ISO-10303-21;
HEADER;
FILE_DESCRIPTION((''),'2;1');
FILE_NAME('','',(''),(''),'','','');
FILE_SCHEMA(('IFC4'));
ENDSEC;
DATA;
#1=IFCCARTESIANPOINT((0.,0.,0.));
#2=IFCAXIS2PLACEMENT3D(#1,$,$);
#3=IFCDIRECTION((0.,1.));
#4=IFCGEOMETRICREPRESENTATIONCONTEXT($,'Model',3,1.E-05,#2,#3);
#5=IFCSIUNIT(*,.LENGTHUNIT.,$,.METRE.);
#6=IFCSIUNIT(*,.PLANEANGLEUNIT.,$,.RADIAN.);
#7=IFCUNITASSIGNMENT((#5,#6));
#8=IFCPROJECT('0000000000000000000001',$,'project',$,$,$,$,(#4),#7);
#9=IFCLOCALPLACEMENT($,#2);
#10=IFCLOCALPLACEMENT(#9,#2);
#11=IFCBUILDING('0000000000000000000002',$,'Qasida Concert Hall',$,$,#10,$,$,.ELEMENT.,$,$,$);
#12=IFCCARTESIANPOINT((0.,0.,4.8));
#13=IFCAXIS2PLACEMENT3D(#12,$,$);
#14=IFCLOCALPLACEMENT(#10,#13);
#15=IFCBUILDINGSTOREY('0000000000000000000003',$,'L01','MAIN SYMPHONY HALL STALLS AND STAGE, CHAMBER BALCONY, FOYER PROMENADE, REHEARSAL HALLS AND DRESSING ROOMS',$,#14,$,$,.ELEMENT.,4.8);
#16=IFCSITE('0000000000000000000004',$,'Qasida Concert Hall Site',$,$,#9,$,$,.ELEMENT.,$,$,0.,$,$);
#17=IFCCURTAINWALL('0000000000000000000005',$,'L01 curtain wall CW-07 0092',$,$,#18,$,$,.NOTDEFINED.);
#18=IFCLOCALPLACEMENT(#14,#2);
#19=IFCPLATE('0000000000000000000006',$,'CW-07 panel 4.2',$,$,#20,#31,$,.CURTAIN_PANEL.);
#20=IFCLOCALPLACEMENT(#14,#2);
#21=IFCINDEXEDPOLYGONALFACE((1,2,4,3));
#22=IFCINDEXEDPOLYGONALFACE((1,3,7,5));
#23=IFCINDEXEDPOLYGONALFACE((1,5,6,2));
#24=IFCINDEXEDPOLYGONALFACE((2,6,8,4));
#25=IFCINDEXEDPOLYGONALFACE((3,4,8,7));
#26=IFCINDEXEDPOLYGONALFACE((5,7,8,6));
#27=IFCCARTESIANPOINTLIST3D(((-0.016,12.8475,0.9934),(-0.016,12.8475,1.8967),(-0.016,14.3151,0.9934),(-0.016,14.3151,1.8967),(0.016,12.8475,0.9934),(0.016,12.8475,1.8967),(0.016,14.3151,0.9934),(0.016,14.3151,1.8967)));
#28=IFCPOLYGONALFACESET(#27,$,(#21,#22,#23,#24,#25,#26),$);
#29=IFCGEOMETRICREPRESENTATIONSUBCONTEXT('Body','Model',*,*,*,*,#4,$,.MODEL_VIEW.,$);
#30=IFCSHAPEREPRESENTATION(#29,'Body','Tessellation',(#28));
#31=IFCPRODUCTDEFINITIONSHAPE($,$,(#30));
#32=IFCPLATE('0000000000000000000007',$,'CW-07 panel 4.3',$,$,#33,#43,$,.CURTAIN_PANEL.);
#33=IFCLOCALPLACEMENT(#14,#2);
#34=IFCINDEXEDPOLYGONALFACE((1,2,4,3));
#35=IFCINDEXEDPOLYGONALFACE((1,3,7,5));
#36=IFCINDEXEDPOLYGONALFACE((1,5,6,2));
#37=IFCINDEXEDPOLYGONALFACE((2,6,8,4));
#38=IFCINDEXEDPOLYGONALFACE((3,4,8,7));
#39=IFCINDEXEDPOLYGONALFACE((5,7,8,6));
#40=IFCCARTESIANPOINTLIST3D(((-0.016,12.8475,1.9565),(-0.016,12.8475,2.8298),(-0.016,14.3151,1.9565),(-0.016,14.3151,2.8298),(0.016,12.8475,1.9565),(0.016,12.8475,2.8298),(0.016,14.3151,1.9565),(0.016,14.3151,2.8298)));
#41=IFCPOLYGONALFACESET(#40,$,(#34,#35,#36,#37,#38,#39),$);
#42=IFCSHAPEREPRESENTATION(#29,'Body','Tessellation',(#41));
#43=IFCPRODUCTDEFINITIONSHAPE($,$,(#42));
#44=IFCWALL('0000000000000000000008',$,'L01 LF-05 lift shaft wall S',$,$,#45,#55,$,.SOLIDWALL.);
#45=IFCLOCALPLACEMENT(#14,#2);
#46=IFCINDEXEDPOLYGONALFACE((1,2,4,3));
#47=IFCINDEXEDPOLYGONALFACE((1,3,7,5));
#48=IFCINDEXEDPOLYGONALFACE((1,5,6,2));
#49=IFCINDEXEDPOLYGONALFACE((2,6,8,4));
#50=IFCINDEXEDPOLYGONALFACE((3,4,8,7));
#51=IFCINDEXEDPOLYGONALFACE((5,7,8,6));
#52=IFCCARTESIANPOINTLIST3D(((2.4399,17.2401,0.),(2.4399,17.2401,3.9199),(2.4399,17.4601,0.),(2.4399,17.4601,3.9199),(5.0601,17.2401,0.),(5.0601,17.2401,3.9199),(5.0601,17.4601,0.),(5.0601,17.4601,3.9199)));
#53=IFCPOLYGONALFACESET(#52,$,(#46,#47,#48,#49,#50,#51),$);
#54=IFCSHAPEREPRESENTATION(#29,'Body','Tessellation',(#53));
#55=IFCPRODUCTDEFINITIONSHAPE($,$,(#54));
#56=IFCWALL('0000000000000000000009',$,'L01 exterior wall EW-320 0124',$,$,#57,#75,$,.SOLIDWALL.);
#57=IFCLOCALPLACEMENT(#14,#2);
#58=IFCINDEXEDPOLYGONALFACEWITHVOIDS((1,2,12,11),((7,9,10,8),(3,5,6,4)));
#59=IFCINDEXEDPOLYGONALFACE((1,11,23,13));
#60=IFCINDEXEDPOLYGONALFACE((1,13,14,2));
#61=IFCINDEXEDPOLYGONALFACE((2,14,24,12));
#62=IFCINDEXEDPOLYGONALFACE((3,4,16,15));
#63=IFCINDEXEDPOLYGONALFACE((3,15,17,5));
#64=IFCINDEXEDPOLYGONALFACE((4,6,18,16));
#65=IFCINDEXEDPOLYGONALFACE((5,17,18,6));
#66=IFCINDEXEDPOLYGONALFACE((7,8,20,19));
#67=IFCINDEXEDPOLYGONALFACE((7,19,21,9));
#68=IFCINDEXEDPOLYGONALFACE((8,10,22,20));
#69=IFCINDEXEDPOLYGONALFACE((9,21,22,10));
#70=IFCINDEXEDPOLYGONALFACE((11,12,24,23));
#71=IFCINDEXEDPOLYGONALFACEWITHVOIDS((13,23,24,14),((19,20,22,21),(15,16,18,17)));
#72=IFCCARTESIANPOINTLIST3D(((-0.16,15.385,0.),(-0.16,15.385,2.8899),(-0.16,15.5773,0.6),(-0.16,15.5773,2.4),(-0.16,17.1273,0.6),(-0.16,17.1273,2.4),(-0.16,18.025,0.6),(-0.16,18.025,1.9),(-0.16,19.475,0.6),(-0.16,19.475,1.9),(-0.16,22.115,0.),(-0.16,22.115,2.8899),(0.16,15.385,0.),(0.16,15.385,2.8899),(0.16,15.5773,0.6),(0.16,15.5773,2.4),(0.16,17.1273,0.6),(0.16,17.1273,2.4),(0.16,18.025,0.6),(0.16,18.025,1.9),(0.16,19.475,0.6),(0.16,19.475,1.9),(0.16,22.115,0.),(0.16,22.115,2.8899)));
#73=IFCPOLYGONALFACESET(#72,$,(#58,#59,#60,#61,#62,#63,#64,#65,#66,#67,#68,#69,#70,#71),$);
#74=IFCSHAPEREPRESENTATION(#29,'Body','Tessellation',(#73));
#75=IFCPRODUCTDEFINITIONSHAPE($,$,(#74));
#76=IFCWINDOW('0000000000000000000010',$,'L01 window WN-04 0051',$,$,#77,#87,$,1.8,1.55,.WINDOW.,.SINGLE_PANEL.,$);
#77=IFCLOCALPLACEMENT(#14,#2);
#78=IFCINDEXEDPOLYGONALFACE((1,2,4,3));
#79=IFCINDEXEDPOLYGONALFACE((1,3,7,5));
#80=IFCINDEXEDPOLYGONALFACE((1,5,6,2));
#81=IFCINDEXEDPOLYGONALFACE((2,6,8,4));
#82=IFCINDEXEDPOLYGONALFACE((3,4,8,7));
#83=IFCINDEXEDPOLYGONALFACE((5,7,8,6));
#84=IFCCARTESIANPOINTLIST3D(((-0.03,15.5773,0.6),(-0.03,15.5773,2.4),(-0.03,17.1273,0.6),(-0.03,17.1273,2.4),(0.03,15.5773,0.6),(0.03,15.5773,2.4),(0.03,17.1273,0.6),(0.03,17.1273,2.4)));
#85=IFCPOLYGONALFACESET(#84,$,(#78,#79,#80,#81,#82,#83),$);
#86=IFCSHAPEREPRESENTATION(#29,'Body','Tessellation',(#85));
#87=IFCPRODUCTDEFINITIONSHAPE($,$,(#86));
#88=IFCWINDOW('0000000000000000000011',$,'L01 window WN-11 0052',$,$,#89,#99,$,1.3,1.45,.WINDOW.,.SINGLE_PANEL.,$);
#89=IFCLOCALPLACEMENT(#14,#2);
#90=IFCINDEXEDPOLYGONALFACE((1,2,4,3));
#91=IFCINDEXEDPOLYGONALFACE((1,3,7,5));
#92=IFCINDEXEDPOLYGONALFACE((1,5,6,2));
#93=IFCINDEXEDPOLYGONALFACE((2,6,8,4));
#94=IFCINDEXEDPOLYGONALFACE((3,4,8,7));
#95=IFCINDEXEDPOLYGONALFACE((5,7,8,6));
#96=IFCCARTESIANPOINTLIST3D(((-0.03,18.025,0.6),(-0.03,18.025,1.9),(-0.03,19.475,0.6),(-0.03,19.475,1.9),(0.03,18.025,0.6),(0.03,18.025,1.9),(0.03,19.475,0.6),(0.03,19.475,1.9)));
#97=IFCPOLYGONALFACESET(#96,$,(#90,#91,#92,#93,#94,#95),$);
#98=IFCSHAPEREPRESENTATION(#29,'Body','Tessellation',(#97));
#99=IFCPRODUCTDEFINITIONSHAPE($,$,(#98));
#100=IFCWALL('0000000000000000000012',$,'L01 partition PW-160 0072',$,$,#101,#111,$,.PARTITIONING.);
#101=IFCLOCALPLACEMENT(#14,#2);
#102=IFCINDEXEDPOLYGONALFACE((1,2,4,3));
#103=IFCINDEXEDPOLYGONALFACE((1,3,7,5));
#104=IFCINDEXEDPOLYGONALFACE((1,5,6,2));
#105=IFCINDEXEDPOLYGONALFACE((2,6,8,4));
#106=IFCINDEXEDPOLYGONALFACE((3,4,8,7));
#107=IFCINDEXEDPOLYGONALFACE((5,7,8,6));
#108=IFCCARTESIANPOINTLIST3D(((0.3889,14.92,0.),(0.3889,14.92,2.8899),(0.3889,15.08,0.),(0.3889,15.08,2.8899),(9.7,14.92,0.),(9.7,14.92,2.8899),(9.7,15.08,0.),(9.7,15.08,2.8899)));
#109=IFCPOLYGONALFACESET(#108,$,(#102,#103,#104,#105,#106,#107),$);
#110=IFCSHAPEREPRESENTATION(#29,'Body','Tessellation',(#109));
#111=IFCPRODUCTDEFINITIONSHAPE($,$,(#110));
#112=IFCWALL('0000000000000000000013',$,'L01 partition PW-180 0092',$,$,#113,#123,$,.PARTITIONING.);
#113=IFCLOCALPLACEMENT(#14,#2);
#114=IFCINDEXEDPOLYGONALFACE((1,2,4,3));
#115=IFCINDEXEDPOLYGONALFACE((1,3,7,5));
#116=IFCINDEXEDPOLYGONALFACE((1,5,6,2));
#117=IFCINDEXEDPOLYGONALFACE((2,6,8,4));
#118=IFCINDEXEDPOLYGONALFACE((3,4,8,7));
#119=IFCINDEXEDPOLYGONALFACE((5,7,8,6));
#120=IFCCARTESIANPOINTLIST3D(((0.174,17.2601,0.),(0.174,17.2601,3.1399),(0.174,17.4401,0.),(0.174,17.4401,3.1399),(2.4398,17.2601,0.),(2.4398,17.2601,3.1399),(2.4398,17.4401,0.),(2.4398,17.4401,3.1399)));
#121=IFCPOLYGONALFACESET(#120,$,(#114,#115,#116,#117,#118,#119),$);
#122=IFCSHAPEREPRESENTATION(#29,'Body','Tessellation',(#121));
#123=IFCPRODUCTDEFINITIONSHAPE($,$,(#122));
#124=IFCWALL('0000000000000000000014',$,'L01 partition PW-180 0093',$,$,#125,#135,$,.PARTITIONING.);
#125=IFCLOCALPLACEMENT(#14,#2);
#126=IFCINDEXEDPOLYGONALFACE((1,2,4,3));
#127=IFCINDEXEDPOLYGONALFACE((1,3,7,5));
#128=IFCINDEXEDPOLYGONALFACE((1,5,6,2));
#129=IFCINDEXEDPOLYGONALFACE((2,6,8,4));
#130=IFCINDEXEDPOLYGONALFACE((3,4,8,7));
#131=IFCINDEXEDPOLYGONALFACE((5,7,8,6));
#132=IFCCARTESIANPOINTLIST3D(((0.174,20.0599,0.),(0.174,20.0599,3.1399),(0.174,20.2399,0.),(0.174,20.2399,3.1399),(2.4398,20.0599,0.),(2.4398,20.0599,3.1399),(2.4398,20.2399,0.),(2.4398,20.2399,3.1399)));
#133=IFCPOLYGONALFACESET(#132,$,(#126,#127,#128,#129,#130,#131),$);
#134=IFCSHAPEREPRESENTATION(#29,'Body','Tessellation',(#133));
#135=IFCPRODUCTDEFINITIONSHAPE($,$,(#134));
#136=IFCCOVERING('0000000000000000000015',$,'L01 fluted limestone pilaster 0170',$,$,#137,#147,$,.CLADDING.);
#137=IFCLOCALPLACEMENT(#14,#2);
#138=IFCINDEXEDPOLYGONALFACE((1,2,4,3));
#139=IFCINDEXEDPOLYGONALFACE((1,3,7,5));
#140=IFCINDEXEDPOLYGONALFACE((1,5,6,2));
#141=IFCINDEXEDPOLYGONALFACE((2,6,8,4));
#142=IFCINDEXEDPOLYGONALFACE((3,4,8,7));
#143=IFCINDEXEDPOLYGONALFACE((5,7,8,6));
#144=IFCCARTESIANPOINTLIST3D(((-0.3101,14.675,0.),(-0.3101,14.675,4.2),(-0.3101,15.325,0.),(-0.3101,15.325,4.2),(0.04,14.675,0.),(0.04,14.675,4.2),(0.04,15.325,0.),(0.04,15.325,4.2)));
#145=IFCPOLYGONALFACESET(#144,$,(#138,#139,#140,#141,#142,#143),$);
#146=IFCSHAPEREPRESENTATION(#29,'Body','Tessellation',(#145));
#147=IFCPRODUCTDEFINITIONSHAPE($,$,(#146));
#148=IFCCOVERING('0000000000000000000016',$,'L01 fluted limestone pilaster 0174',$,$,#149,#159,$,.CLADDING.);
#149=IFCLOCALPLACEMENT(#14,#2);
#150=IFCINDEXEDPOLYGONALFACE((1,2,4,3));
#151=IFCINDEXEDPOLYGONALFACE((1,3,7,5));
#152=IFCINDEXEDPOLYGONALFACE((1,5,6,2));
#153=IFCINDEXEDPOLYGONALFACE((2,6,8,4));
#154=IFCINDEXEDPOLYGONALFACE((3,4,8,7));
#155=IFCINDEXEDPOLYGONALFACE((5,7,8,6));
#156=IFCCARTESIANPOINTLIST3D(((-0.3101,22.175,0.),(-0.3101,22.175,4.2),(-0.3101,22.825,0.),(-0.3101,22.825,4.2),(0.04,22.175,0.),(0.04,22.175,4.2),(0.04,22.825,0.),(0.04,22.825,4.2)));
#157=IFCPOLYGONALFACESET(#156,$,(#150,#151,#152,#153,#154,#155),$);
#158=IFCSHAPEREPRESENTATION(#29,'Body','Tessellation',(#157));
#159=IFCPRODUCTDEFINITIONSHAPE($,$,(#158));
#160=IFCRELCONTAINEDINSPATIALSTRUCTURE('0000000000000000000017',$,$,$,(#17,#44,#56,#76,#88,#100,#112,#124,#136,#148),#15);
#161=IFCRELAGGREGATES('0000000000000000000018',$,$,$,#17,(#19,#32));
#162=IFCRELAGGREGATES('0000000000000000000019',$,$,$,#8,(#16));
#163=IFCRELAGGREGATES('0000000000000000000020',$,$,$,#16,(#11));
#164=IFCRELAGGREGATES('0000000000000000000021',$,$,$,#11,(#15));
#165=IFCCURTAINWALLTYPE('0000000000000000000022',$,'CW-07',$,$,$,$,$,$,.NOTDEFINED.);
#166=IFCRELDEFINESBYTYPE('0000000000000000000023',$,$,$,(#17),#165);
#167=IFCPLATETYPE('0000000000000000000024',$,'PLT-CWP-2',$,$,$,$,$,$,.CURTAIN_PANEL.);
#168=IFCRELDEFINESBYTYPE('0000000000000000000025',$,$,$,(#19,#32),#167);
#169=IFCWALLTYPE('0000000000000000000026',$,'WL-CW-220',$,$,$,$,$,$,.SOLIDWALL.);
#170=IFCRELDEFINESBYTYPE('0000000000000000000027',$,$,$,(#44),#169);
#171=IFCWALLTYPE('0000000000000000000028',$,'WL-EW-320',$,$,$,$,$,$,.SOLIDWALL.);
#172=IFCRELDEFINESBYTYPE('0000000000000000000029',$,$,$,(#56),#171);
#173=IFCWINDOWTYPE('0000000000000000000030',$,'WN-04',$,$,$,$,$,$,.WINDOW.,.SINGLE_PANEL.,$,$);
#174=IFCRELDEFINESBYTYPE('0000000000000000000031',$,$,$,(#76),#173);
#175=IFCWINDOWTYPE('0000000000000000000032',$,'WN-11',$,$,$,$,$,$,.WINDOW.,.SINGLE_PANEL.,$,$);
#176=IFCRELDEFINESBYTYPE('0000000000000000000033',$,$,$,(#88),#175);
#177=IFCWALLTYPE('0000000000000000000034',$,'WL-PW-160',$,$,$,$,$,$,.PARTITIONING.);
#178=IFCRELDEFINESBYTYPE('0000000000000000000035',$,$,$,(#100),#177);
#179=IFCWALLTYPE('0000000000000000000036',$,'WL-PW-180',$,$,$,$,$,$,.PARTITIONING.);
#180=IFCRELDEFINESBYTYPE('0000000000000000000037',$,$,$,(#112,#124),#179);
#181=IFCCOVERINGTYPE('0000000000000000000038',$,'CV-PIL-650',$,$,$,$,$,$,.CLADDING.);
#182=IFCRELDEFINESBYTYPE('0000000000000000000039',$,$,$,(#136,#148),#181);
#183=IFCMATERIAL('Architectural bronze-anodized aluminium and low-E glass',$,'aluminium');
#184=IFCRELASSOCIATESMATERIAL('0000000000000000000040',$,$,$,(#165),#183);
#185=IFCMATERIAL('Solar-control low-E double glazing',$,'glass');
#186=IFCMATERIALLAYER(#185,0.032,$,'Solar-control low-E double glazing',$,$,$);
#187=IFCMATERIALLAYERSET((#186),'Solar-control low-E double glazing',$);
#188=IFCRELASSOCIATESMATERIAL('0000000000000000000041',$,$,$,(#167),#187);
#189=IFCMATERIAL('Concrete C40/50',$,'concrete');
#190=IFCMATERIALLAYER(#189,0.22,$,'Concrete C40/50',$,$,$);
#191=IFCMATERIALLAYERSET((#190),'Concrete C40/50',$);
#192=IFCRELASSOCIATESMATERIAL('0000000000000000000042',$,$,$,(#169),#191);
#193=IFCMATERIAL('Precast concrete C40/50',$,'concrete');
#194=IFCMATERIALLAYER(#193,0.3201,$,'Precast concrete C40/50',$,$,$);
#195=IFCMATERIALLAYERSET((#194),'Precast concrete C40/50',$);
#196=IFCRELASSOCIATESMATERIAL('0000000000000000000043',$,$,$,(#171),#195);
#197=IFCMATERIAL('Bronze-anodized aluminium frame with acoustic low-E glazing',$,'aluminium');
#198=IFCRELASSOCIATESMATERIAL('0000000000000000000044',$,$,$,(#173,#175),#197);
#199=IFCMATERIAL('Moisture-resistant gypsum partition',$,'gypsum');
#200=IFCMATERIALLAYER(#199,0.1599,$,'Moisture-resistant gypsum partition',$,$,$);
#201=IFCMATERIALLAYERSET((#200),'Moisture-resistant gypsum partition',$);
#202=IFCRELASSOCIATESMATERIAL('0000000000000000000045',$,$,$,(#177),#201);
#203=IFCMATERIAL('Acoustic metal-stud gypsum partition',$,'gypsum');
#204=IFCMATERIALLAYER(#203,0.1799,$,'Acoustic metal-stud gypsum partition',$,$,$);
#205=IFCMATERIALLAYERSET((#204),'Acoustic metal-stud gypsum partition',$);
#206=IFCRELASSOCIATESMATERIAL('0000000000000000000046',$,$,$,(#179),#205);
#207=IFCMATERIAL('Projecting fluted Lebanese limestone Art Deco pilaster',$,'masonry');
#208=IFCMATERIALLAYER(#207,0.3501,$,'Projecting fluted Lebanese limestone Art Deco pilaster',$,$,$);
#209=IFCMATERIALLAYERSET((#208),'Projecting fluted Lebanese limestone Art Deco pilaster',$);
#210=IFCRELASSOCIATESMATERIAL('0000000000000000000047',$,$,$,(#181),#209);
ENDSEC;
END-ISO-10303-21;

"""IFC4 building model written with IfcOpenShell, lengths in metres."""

from ifc_helpers import new_model, si_unit, direction, frame, frame_2d, origin, origin_2d, place, context, subcontext, project, spatial, rectangle, extrude, material, layer, layer_set, type_object, element, fill, aggregate, save


model = new_model("IFC4")

# Units and contexts
model_context = context("Model", 3, precision=1e-05, world=origin(), true_north=direction((0.0, 1.0)))
body_context = subcontext(model_context, "Body", "Model", "MODEL_VIEW")
ifc_project = project(units=[si_unit("LENGTHUNIT", "METRE"), si_unit("PLANEANGLEUNIT", "RADIAN")], contexts=[model_context])

# Site, building, storey
site_placement = place(None, origin())
site = spatial("IfcSite", under=ifc_project, at=site_placement, Name="Qasida Concert Hall Site", CompositionType="ELEMENT", RefElevation=0.0)
building_placement = place(site_placement, origin())
building = spatial("IfcBuilding", under=site, at=building_placement, Name="Qasida Concert Hall", CompositionType="ELEMENT")
storey_placement = place(building_placement, frame((0.0, 0.0, 4.8)))
storey = spatial("IfcBuildingStorey", under=building, at=storey_placement, Name="L01", Description="MAIN SYMPHONY HALL STALLS AND STAGE, CHAMBER BALCONY, FOYER PROMENADE, REHEARSAL HALLS AND DRESSING ROOMS", CompositionType="ELEMENT", Elevation=4.8)

# Shared definitions
ifc_material_1 = material(Name="Concrete C40/50", Category="concrete")

# Curtain wall, plates
ifc_material_2 = material(Name="Architectural bronze-anodized aluminium and low-E glass", Category="aluminium")
curtain_wall_type = type_object("IfcCurtainWallType", Name="CW-07", PredefinedType="NOTDEFINED", material=ifc_material_2)
curtain_wall_placement = place(storey_placement, origin())
curtain_wall = element("IfcCurtainWall", 1, at=curtain_wall_placement, inside=storey, type_object=curtain_wall_type, Name="L01 curtain wall CW-07 0092", PredefinedType="NOTDEFINED")
ifc_material_3 = material(Name="Solar-control low-E double glazing", Category="glass")
ifc_layer_1 = layer(ifc_material_3, 0.032, Name="Solar-control low-E double glazing")
ifc_layer_set_1 = layer_set([ifc_layer_1], Name="Solar-control low-E double glazing")
plate_type = type_object("IfcPlateType", Name="PLT-CWP-2", PredefinedType="CURTAIN_PANEL", material=ifc_layer_set_1)
plate_1_placement = place(storey_placement, frame((0.0, 13.5813, 0.9934), z_axis=(0.0, 0.0, 1.0), x_axis=(0.0, 1.0, 0.0)))
plate_1 = element("IfcPlate", 2, at=plate_1_placement, type_object=plate_type, Name="CW-07 panel 4.2", PredefinedType="CURTAIN_PANEL", context=body_context, shape_type="SweptSolid", body=[
    extrude(rectangle(XDim=1.4675, YDim=0.032, at=origin_2d()), origin(), (0.0, 0.0, 1.0), 0.9033),
])
plate_2_placement = place(storey_placement, frame((0.0, 13.5813, 1.9565), z_axis=(0.0, 0.0, 1.0), x_axis=(0.0, 1.0, 0.0)))
plate_2 = element("IfcPlate", 3, at=plate_2_placement, type_object=plate_type, Name="CW-07 panel 4.3", PredefinedType="CURTAIN_PANEL", context=body_context, shape_type="SweptSolid", body=[
    extrude(rectangle(XDim=1.4675, YDim=0.032, at=origin_2d()), origin(), (0.0, 0.0, 1.0), 0.8733),
])
aggregate(curtain_wall, [plate_1, plate_2])

# Wall
ifc_layer_2 = layer(ifc_material_1, 0.22, Name="Concrete C40/50")
ifc_layer_set_2 = layer_set([ifc_layer_2], Name="Concrete C40/50")
wall_type_1 = type_object("IfcWallType", Name="WL-CW-220", PredefinedType="SOLIDWALL", material=ifc_layer_set_2)
wall_1_placement = place(storey_placement, frame((2.4399, 17.3501, 0.0), z_axis=(0.0, 0.0, 1.0), x_axis=(1.0, 0.0, 0.0)))
element("IfcWall", 4, at=wall_1_placement, inside=storey, type_object=wall_type_1, Name="L01 LF-05 lift shaft wall S", PredefinedType="SOLIDWALL", context=body_context, shape_type="SweptSolid", body=[
    extrude(rectangle(XDim=2.6201, YDim=0.22, at=frame_2d((1.3101, 0.0))), origin(), (0.0, 0.0, 1.0), 3.9199),
])

# Wall, openings, windows
ifc_material_4 = material(Name="Precast concrete C40/50", Category="concrete")
ifc_layer_3 = layer(ifc_material_4, 0.3201, Name="Precast concrete C40/50")
ifc_layer_set_3 = layer_set([ifc_layer_3], Name="Precast concrete C40/50")
wall_type_2 = type_object("IfcWallType", Name="WL-EW-320", PredefinedType="SOLIDWALL", material=ifc_layer_set_3)
wall_2_placement = place(storey_placement, frame((0.0, 15.385, 0.0), z_axis=(0.0, 0.0, 1.0), x_axis=(0.0, 1.0, 0.0)))
wall_2 = element("IfcWall", 5, at=wall_2_placement, inside=storey, type_object=wall_type_2, Name="L01 exterior wall EW-320 0124", PredefinedType="SOLIDWALL", context=body_context, shape_type="SweptSolid", body=[
    extrude(rectangle(XDim=6.73, YDim=0.3201, at=frame_2d((3.365, 0.0))), origin(), (0.0, 0.0, 1.0), 2.8899),
])
opening_1_placement = place(wall_2_placement, frame((0.1924, 0.0, 0.6001)))
opening_1 = element("IfcOpeningElement", 6, at=opening_1_placement, cuts=wall_2, PredefinedType="OPENING", context=body_context, shape_type="SweptSolid", body=[
    extrude(rectangle(XDim=1.55, YDim=1.8, at=frame_2d((0.7749, 0.8999))), frame((0.0, 0.1699, 0.0), z_axis=(0.0, -1.0, 0.0), x_axis=(1.0, 0.0, 0.0)), (0.0, 0.0, 1.0), 0.3401),
])
opening_2_placement = place(wall_2_placement, frame((2.6399, 0.0, 0.6001)))
opening_2 = element("IfcOpeningElement", 7, at=opening_2_placement, cuts=wall_2, PredefinedType="OPENING", context=body_context, shape_type="SweptSolid", body=[
    extrude(rectangle(XDim=1.45, YDim=1.3, at=frame_2d((0.7251, 0.6499))), frame((0.0, 0.1699, 0.0), z_axis=(0.0, -1.0, 0.0), x_axis=(1.0, 0.0, 0.0)), (0.0, 0.0, 1.0), 0.3401),
])
ifc_material_5 = material(Name="Bronze-anodized aluminium frame with acoustic low-E glazing", Category="aluminium")
window_type_1 = type_object("IfcWindowType", Name="WN-04", PartitioningType="SINGLE_PANEL", PredefinedType="WINDOW", material=ifc_material_5)
window_1_placement = place(opening_1_placement, origin())
window_1 = element("IfcWindow", 8, at=window_1_placement, inside=storey, type_object=window_type_1, Name="L01 window WN-04 0051", OverallHeight=1.8, OverallWidth=1.55, PartitioningType="SINGLE_PANEL", PredefinedType="WINDOW", context=body_context, shape_type="SweptSolid", body=[
    extrude(rectangle(XDim=1.55, YDim=1.8, at=frame_2d((0.7749, 0.8999))), frame((0.0, 0.03, 0.0), z_axis=(0.0, -1.0, 0.0), x_axis=(1.0, 0.0, 0.0)), (0.0, 0.0, 1.0), 0.0601),
])
fill(opening_1, window_1)
window_type_2 = type_object("IfcWindowType", Name="WN-11", PartitioningType="SINGLE_PANEL", PredefinedType="WINDOW", material=ifc_material_5)
window_2_placement = place(opening_2_placement, origin())
window_2 = element("IfcWindow", 9, at=window_2_placement, inside=storey, type_object=window_type_2, Name="L01 window WN-11 0052", OverallHeight=1.3, OverallWidth=1.45, PartitioningType="SINGLE_PANEL", PredefinedType="WINDOW", context=body_context, shape_type="SweptSolid", body=[
    extrude(rectangle(XDim=1.45, YDim=1.3, at=frame_2d((0.7251, 0.6499))), frame((0.0, 0.03, 0.0), z_axis=(0.0, -1.0, 0.0), x_axis=(1.0, 0.0, 0.0)), (0.0, 0.0, 1.0), 0.0601),
])
fill(opening_2, window_2)

# Walls
ifc_material_6 = material(Name="Moisture-resistant gypsum partition", Category="gypsum")
ifc_layer_4 = layer(ifc_material_6, 0.1599, Name="Moisture-resistant gypsum partition")
ifc_layer_set_4 = layer_set([ifc_layer_4], Name="Moisture-resistant gypsum partition")
wall_type_3 = type_object("IfcWallType", Name="WL-PW-160", PredefinedType="PARTITIONING", material=ifc_layer_set_4)
wall_3_placement = place(storey_placement, frame((0.3889, 15.0, 0.0), z_axis=(0.0, 0.0, 1.0), x_axis=(1.0, 0.0, 0.0)))
element("IfcWall", 10, at=wall_3_placement, inside=storey, type_object=wall_type_3, Name="L01 partition PW-160 0072", PredefinedType="PARTITIONING", context=body_context, shape_type="SweptSolid", body=[
    extrude(rectangle(XDim=9.311, YDim=0.1599, at=frame_2d((4.6555, 0.0))), origin(), (0.0, 0.0, 1.0), 2.8899),
])
ifc_material_7 = material(Name="Acoustic metal-stud gypsum partition", Category="gypsum")
ifc_layer_5 = layer(ifc_material_7, 0.1799, Name="Acoustic metal-stud gypsum partition")
ifc_layer_set_5 = layer_set([ifc_layer_5], Name="Acoustic metal-stud gypsum partition")
wall_type_4 = type_object("IfcWallType", Name="WL-PW-180", PredefinedType="PARTITIONING", material=ifc_layer_set_5)
for number, where, z_axis, x_axis, name in (
    (11, (0.1741, 17.3501, 0.0), (0.0, 0.0, 1.0), (1.0, 0.0, 0.0), "L01 partition PW-180 0092"),
    (12, (0.1741, 20.1499, 0.0), (0.0, 0.0, 1.0), (1.0, 0.0, 0.0), "L01 partition PW-180 0093"),
):
    element("IfcWall", number, at=place(storey_placement, frame(where, z_axis=z_axis, x_axis=x_axis)), inside=storey, type_object=wall_type_4, Name=name, PredefinedType="PARTITIONING", context=body_context, shape_type="SweptSolid", body=[
        extrude(rectangle(XDim=2.2659, YDim=0.1799, at=frame_2d((1.1328, 0.0))), origin(), (0.0, 0.0, 1.0), 3.1399),
    ])

# Coverings
ifc_material_8 = material(Name="Projecting fluted Lebanese limestone Art Deco pilaster", Category="masonry")
ifc_layer_6 = layer(ifc_material_8, 0.3501, Name="Projecting fluted Lebanese limestone Art Deco pilaster")
ifc_layer_set_6 = layer_set([ifc_layer_6], Name="Projecting fluted Lebanese limestone Art Deco pilaster")
covering_type = type_object("IfcCoveringType", Name="CV-PIL-650", PredefinedType="CLADDING", material=ifc_layer_set_6)
for number, where, z_axis, x_axis, name in (
    (13, (-0.135, 15.0, 0.0), (0.0, 0.0, 1.0), (1.0, 0.0, 0.0), "L01 fluted limestone pilaster 0170"),
    (14, (-0.135, 22.5, 0.0), (0.0, 0.0, 1.0), (1.0, 0.0, 0.0), "L01 fluted limestone pilaster 0174"),
):
    element("IfcCovering", number, at=place(storey_placement, frame(where, z_axis=z_axis, x_axis=x_axis)), inside=storey, type_object=covering_type, Name=name, PredefinedType="CLADDING", context=body_context, shape_type="SweptSolid", body=[
        extrude(rectangle(XDim=0.3501, YDim=0.6499, at=origin_2d()), origin(), (0.0, 0.0, 1.0), 4.2),
    ])

save(model, "model.ifc")
